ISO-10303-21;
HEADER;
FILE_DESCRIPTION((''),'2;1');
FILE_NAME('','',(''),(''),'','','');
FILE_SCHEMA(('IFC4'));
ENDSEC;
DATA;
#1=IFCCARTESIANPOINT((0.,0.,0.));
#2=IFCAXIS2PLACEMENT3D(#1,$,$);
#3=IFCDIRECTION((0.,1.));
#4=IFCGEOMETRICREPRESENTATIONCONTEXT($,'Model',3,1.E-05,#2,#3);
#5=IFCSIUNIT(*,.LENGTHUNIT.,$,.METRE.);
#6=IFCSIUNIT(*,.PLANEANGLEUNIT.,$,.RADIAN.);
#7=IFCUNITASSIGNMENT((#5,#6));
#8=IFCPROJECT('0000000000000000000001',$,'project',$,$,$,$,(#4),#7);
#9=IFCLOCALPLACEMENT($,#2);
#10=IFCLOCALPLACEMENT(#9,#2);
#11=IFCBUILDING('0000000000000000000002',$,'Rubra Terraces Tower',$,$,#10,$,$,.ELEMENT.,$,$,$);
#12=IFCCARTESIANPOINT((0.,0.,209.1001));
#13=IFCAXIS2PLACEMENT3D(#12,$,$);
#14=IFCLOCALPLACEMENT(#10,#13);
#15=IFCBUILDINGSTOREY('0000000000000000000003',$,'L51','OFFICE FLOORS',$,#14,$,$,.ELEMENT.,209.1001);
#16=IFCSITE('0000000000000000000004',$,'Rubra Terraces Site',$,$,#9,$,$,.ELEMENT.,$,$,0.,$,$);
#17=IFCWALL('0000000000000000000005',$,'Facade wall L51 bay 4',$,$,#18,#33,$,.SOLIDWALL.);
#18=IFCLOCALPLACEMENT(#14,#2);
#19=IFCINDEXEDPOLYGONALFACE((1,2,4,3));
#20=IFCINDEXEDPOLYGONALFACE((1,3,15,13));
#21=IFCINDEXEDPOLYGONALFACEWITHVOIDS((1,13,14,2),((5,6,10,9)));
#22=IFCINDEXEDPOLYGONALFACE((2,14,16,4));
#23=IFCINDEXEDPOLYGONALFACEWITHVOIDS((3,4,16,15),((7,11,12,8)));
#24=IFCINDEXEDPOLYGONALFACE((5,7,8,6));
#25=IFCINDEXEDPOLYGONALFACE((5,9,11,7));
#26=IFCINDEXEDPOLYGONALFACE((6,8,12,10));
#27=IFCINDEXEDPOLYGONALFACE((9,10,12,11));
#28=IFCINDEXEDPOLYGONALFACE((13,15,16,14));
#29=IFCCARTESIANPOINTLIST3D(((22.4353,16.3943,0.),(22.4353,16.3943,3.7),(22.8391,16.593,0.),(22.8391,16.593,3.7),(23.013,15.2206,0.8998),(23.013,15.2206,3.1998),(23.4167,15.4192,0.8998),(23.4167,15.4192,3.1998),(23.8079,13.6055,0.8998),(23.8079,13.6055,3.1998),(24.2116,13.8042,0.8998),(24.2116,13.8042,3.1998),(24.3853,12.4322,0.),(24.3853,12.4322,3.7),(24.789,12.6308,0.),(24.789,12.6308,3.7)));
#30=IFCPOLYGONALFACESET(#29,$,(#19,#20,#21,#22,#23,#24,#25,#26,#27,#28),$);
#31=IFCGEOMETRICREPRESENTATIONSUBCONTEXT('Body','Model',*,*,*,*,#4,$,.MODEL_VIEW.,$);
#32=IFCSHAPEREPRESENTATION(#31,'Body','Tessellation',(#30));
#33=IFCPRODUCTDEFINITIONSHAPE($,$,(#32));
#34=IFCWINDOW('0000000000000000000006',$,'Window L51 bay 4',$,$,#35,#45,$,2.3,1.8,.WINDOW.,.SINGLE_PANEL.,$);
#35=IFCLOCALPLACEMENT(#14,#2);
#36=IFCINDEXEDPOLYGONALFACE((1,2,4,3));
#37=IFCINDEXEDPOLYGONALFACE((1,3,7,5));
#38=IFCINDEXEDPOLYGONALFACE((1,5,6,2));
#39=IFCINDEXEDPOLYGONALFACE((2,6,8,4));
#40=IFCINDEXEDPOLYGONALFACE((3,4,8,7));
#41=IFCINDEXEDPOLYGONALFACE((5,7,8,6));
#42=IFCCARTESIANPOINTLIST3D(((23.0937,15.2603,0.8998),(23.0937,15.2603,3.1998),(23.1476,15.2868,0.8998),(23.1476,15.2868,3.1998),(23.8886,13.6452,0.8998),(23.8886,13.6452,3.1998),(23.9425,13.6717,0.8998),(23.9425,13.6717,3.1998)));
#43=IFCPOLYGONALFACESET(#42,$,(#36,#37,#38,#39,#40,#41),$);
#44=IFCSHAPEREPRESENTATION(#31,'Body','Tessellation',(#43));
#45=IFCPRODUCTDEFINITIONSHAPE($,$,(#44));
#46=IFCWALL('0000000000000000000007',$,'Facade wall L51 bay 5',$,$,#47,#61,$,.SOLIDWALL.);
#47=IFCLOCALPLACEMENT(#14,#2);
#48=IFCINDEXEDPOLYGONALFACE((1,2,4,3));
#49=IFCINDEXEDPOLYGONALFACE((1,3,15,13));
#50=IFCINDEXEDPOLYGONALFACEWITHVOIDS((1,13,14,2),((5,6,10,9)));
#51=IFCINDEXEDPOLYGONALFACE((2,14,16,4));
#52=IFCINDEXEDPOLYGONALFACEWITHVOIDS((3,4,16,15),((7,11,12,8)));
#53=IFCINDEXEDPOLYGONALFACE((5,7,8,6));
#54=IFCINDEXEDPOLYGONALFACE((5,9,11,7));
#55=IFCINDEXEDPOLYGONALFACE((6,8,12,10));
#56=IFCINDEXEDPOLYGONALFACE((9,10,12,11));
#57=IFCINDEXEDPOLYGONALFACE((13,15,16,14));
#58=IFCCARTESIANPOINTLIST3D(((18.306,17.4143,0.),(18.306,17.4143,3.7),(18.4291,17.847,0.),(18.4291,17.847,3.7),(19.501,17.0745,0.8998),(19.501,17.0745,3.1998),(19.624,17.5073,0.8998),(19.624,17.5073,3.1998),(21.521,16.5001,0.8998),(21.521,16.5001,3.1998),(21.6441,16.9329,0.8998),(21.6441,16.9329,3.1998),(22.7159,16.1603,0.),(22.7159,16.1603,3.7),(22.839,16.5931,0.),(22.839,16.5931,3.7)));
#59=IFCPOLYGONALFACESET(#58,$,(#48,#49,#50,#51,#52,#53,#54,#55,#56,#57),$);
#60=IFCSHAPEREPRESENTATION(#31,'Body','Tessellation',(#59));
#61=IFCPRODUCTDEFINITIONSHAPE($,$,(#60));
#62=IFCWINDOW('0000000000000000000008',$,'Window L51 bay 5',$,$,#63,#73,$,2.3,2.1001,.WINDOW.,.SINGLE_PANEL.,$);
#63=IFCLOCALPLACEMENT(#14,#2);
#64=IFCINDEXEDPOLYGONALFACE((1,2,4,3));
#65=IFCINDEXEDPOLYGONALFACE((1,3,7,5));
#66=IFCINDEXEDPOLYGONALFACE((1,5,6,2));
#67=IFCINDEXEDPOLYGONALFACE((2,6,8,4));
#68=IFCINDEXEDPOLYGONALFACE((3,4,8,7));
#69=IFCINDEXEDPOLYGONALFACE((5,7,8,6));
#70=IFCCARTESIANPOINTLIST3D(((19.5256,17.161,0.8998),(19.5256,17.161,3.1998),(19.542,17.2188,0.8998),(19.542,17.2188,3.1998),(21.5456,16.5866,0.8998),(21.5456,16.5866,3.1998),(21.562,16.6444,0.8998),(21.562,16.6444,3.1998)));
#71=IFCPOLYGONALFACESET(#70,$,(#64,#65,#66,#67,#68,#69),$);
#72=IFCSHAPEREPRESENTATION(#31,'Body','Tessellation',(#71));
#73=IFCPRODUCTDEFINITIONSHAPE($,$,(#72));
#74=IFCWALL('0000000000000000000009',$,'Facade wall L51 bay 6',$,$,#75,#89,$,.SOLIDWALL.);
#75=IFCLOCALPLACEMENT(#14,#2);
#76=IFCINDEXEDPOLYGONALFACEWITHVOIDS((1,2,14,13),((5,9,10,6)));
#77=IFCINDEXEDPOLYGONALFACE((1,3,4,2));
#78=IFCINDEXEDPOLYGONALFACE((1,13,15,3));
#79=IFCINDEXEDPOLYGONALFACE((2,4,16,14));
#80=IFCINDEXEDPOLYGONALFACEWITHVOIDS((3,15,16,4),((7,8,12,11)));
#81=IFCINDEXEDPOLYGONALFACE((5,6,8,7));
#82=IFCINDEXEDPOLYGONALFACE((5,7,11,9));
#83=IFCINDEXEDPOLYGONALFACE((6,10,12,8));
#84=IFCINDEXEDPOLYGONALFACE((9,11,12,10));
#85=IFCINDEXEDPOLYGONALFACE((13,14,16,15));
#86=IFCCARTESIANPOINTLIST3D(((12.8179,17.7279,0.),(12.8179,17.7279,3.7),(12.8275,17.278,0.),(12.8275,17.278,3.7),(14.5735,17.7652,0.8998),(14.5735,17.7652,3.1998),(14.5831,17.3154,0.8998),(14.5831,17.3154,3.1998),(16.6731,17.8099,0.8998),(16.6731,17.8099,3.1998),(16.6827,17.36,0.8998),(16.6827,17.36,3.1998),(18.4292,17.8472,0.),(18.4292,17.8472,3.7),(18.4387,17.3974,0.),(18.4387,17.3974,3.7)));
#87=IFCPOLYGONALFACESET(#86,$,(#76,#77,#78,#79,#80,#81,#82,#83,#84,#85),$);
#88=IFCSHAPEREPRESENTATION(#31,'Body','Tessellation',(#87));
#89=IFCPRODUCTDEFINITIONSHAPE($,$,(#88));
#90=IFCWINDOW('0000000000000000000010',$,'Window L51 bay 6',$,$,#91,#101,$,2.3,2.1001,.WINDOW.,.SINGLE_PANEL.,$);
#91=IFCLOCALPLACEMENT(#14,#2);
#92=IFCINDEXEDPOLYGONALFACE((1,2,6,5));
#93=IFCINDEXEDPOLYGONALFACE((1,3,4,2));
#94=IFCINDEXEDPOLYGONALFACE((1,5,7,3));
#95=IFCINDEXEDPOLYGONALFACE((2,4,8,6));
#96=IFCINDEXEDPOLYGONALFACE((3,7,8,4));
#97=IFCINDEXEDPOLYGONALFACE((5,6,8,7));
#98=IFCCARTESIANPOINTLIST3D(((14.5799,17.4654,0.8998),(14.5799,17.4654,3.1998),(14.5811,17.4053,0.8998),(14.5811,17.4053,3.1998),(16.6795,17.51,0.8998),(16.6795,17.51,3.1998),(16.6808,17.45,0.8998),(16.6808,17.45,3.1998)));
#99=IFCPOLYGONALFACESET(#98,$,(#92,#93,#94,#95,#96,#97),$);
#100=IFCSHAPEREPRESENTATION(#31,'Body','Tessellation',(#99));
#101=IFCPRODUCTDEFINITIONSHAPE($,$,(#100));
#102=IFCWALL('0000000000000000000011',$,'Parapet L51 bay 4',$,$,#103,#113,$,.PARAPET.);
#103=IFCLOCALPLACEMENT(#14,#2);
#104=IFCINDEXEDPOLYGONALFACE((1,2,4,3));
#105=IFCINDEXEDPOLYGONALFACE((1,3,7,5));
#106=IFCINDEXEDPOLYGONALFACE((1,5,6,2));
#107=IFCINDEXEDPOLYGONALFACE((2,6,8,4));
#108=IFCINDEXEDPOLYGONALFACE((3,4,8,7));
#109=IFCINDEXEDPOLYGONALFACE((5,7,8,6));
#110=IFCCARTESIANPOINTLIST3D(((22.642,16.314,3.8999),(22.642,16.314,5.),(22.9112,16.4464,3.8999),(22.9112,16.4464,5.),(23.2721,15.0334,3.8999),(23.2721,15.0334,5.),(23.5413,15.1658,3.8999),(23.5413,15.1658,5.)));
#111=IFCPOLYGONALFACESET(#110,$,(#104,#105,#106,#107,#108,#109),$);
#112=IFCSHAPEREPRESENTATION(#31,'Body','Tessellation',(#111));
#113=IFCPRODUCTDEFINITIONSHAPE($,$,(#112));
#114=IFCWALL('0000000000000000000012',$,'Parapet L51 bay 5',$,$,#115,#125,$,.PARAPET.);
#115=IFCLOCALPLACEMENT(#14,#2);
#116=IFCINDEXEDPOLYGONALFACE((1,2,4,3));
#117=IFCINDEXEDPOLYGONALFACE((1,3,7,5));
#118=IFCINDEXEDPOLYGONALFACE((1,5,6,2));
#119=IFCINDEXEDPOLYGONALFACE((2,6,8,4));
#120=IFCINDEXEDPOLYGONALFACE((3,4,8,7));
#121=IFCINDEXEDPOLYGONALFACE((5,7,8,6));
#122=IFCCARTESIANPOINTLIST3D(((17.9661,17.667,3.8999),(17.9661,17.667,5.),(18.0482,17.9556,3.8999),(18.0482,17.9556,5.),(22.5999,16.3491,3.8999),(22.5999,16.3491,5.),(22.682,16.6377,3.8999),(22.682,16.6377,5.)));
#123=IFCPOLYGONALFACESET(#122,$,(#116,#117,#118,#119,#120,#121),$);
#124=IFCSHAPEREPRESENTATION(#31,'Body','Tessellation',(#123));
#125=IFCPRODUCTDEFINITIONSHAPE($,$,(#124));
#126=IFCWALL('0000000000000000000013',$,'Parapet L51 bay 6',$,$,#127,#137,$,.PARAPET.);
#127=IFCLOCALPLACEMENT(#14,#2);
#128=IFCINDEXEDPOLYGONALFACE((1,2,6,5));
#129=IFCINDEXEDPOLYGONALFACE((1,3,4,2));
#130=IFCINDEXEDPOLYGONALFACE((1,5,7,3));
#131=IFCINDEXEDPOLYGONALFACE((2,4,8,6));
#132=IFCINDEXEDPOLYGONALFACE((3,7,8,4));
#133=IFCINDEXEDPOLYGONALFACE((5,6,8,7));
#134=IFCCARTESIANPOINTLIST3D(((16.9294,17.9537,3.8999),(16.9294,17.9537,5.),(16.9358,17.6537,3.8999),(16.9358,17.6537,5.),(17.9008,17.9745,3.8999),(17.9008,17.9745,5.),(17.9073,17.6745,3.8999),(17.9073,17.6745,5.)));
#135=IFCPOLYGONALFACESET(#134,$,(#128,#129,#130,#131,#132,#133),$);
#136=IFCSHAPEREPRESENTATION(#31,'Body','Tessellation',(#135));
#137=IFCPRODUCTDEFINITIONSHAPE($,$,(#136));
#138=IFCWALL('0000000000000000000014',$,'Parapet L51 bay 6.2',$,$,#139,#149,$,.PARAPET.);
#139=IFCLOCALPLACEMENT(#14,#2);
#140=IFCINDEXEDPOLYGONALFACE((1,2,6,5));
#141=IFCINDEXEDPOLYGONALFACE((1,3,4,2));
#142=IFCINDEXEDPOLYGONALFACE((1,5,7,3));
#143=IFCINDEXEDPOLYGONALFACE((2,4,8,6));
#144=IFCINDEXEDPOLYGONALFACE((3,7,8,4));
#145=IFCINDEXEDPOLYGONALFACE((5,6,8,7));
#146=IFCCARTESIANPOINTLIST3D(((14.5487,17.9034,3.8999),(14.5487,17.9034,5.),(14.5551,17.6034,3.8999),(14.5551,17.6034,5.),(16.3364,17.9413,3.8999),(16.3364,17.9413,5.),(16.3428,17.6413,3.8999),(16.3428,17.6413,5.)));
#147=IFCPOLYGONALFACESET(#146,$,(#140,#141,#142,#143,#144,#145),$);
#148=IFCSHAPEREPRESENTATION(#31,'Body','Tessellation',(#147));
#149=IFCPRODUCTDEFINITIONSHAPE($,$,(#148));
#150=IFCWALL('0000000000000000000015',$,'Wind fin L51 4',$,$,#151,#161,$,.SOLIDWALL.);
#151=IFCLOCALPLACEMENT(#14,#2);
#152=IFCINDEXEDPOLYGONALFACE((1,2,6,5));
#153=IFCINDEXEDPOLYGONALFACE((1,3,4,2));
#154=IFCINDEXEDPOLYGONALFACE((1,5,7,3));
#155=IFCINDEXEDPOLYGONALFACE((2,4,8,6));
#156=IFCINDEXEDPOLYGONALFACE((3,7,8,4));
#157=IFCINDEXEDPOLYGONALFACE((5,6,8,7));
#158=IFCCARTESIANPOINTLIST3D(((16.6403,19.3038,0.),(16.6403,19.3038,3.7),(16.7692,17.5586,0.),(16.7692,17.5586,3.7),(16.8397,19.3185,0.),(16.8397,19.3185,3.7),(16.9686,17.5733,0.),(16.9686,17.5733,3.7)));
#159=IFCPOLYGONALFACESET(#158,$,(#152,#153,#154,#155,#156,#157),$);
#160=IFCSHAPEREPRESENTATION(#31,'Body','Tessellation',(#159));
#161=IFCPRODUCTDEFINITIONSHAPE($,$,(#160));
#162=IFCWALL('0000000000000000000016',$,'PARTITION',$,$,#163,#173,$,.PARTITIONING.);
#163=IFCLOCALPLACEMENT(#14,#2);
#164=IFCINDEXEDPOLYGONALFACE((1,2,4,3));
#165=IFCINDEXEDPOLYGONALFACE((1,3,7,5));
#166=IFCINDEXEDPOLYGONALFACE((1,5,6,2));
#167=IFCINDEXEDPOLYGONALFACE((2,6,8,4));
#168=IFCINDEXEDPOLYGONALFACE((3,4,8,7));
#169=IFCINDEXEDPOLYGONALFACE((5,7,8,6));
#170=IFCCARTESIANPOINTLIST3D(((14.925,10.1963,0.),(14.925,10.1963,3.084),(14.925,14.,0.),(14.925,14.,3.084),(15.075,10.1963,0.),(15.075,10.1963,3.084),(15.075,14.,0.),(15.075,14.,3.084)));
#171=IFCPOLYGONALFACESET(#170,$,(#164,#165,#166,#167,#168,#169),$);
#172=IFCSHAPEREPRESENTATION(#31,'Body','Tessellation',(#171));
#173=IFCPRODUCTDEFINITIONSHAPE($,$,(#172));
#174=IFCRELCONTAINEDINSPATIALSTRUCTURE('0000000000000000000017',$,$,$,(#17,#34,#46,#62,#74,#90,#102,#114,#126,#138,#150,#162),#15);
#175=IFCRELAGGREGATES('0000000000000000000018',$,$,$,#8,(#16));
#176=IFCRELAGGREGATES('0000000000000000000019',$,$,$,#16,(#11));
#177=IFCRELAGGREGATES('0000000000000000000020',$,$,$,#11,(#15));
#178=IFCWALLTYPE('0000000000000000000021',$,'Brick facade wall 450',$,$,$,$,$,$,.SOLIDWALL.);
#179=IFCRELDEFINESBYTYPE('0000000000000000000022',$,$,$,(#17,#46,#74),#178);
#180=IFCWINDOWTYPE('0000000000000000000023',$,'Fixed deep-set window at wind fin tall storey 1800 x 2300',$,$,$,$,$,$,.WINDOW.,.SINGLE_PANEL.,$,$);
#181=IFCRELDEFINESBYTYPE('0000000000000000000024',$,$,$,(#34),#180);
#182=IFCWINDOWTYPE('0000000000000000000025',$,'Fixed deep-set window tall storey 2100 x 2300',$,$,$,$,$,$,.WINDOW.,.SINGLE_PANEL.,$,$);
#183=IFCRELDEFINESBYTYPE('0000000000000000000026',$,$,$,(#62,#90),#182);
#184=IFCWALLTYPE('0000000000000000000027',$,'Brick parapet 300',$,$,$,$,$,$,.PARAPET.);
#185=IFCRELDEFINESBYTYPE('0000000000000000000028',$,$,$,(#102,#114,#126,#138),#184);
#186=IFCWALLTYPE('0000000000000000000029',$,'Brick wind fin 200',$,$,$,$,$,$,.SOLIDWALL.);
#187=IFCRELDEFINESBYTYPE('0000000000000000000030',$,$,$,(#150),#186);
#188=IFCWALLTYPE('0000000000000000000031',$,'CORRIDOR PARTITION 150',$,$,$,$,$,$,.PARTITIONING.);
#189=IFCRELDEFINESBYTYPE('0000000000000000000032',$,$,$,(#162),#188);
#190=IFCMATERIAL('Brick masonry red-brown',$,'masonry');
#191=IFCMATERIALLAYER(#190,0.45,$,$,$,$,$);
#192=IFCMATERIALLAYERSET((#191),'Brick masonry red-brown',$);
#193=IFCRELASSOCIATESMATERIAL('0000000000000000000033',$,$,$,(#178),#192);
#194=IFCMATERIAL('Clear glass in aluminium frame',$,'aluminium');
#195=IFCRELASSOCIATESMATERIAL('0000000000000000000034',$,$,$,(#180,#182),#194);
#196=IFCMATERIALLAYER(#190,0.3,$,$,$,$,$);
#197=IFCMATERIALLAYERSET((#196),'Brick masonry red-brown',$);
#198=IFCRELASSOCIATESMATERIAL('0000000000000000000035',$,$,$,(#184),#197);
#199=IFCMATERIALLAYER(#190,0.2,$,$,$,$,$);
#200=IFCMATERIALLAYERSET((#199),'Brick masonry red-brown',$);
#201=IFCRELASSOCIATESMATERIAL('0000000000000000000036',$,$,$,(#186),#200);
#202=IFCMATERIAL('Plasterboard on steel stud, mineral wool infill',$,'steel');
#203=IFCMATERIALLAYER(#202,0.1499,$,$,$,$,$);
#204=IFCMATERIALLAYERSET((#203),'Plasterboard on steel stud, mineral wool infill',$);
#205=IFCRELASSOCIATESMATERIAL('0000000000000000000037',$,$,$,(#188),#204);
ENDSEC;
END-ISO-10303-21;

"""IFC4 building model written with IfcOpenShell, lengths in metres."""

from ifc_helpers import new_model, si_unit, direction, frame, frame_2d, origin, place, context, subcontext, project, spatial, rectangle, extrude, material, layer, layer_set, type_object, element, fill, save


model = new_model("IFC4")

# Units and contexts
model_context = context("Model", 3, precision=1e-05, world=origin(), true_north=direction((0.0, 1.0)))
body_context = subcontext(model_context, "Body", "Model", "MODEL_VIEW")
ifc_project = project(units=[si_unit("LENGTHUNIT", "METRE"), si_unit("PLANEANGLEUNIT", "RADIAN")], contexts=[model_context])

# Site, building, storey
site_placement = place(None, origin())
site = spatial("IfcSite", under=ifc_project, at=site_placement, Name="Rubra Terraces Site", CompositionType="ELEMENT", RefElevation=0.0)
building_placement = place(site_placement, origin())
building = spatial("IfcBuilding", under=site, at=building_placement, Name="Rubra Terraces Tower", CompositionType="ELEMENT")
storey_placement = place(building_placement, frame((0.0, 0.0, 209.1001)))
storey = spatial("IfcBuildingStorey", under=building, at=storey_placement, Name="L51", Description="OFFICE FLOORS", CompositionType="ELEMENT", Elevation=209.1001)

# Walls, openings, windows
ifc_material_1 = material(Name="Brick masonry red-brown", Category="masonry")
ifc_layer_1 = layer(ifc_material_1, 0.45)
ifc_layer_set_1 = layer_set([ifc_layer_1], Name="Brick masonry red-brown")
wall_type_1 = type_object("IfcWallType", Name="Brick facade wall 450", PredefinedType="SOLIDWALL", material=ifc_layer_set_1)
wall_1_placement = place(storey_placement, frame((24.5872, 12.5315, 0.0), z_axis=(0.0, 0.0, 1.0), x_axis=(-0.441566, 0.897229, 0.0)))
wall_1 = element("IfcWall", 1, at=wall_1_placement, inside=storey, type_object=wall_type_1, Name="Facade wall L51 bay 4", PredefinedType="SOLIDWALL", context=body_context, shape_type="SweptSolid", body=[
    extrude(rectangle(XDim=4.416, YDim=0.45, at=frame_2d((2.208, 0.0))), origin(), (0.0, 0.0, 1.0), 3.7),
])
opening_1_placement = place(wall_1_placement, frame((1.3079, 0.0, 0.8999)))
opening_1 = element("IfcOpeningElement", 2, at=opening_1_placement, cuts=wall_1, PredefinedType="OPENING", context=body_context, shape_type="SweptSolid", body=[
    extrude(rectangle(XDim=1.8, YDim=2.3, at=frame_2d((0.8999, 1.1499))), frame((0.0, 0.2349, 0.0), z_axis=(0.0, -1.0, 0.0), x_axis=(1.0, 0.0, 0.0)), (0.0, 0.0, 1.0), 0.47),
])
ifc_material_2 = material(Name="Clear glass in aluminium frame", Category="aluminium")
window_type_1 = type_object("IfcWindowType", Name="Fixed deep-set window at wind fin tall storey 1800 x 2300", PartitioningType="SINGLE_PANEL", PredefinedType="WINDOW", material=ifc_material_2)
window_1_placement = place(opening_1_placement, origin())
window_1 = element("IfcWindow", 3, at=window_1_placement, inside=storey, type_object=window_type_1, Name="Window L51 bay 4", OverallHeight=2.3, OverallWidth=1.8, PartitioningType="SINGLE_PANEL", PredefinedType="WINDOW", context=body_context, shape_type="SweptSolid", body=[
    extrude(rectangle(XDim=1.8, YDim=2.3, at=frame_2d((0.8999, 1.1499))), frame((0.0, 0.135, 0.0), z_axis=(0.0, -1.0, 0.0), x_axis=(1.0, 0.0, 0.0)), (0.0, 0.0, 1.0), 0.0601),
])
fill(opening_1, window_1)
wall_2_placement = place(storey_placement, frame((22.7776, 16.3767, 0.0), z_axis=(0.0, 0.0, 1.0), x_axis=(-0.961873, 0.273497, 0.0)))
wall_2 = element("IfcWall", 4, at=wall_2_placement, inside=storey, type_object=wall_type_1, Name="Facade wall L51 bay 5", PredefinedType="SOLIDWALL", context=body_context, shape_type="SweptSolid", body=[
    extrude(rectangle(XDim=4.5847, YDim=0.45, at=frame_2d((2.2925, 0.0))), origin(), (0.0, 0.0, 1.0), 3.7),
])
opening_2_placement = place(wall_2_placement, frame((1.2424, 0.0, 0.8999)))
opening_2 = element("IfcOpeningElement", 5, at=opening_2_placement, cuts=wall_2, PredefinedType="OPENING", context=body_context, shape_type="SweptSolid", body=[
    extrude(rectangle(XDim=2.1001, YDim=2.3, at=frame_2d((1.05, 1.1499))), frame((0.0, 0.2349, 0.0), z_axis=(0.0, -1.0, 0.0), x_axis=(1.0, 0.0, 0.0)), (0.0, 0.0, 1.0), 0.47),
])
window_type_2 = type_object("IfcWindowType", Name="Fixed deep-set window tall storey 2100 x 2300", PartitioningType="SINGLE_PANEL", PredefinedType="WINDOW", material=ifc_material_2)
window_2_placement = place(opening_2_placement, origin())
window_2 = element("IfcWindow", 6, at=window_2_placement, inside=storey, type_object=window_type_2, Name="Window L51 bay 5", OverallHeight=2.3, OverallWidth=2.1001, PartitioningType="SINGLE_PANEL", PredefinedType="WINDOW", context=body_context, shape_type="SweptSolid", body=[
    extrude(rectangle(XDim=2.1001, YDim=2.3, at=frame_2d((1.05, 1.1499))), frame((0.0, 0.135, 0.0), z_axis=(0.0, -1.0, 0.0), x_axis=(1.0, 0.0, 0.0)), (0.0, 0.0, 1.0), 0.0601),
])
fill(opening_2, window_2)
wall_3_placement = place(storey_placement, frame((18.4338, 17.6223, 0.0), z_axis=(0.0, 0.0, 1.0), x_axis=(-0.999774, -0.021271, 0.0)))
wall_3 = element("IfcWall", 7, at=wall_3_placement, inside=storey, type_object=wall_type_1, Name="Facade wall L51 bay 6", PredefinedType="SOLIDWALL", context=body_context, shape_type="SweptSolid", body=[
    extrude(rectangle(XDim=5.6125, YDim=0.45, at=frame_2d((2.8062, 0.0))), origin(), (0.0, 0.0, 1.0), 3.7),
])
opening_3_placement = place(wall_3_placement, frame((1.7563, 0.0, 0.8999)))
opening_3 = element("IfcOpeningElement", 8, at=opening_3_placement, cuts=wall_3, PredefinedType="OPENING", context=body_context, shape_type="SweptSolid", body=[
    extrude(rectangle(XDim=2.1001, YDim=2.3, at=frame_2d((1.05, 1.1499))), frame((0.0, 0.2349, 0.0), z_axis=(0.0, -1.0, 0.0), x_axis=(1.0, 0.0, 0.0)), (0.0, 0.0, 1.0), 0.47),
])
window_3_placement = place(opening_3_placement, origin())
window_3 = element("IfcWindow", 9, at=window_3_placement, inside=storey, type_object=window_type_2, Name="Window L51 bay 6", OverallHeight=2.3, OverallWidth=2.1001, PartitioningType="SINGLE_PANEL", PredefinedType="WINDOW", context=body_context, shape_type="SweptSolid", body=[
    extrude(rectangle(XDim=2.1001, YDim=2.3, at=frame_2d((1.05, 1.1499))), frame((0.0, 0.135, 0.0), z_axis=(0.0, -1.0, 0.0), x_axis=(1.0, 0.0, 0.0)), (0.0, 0.0, 1.0), 0.0601),
])
fill(opening_3, window_3)

# Walls
ifc_layer_2 = layer(ifc_material_1, 0.3)
ifc_layer_set_2 = layer_set([ifc_layer_2], Name="Brick masonry red-brown")
wall_type_2 = type_object("IfcWallType", Name="Brick parapet 300", PredefinedType="PARAPET", material=ifc_layer_set_2)
wall_4_placement = place(storey_placement, frame((23.4067, 15.0996, 3.8999), z_axis=(0.0, 0.0, 1.0), x_axis=(-0.441525, 0.897249, 0.0)))
element("IfcWall", 10, at=wall_4_placement, inside=storey, type_object=wall_type_2, Name="Parapet L51 bay 4", PredefinedType="PARAPET", context=body_context, shape_type="SweptSolid", body=[
    extrude(rectangle(XDim=1.4272, YDim=0.3, at=frame_2d((0.7136, 0.0))), origin(), (0.0, 0.0, 1.0), 1.1001),
])
wall_5_placement = place(storey_placement, frame((22.6409, 16.4934, 3.8999), z_axis=(0.0, 0.0, 1.0), x_axis=(-0.961856, 0.273556, 0.0)))
element("IfcWall", 11, at=wall_5_placement, inside=storey, type_object=wall_type_2, Name="Parapet L51 bay 5", PredefinedType="PARAPET", context=body_context, shape_type="SweptSolid", body=[
    extrude(rectangle(XDim=4.8176, YDim=0.3, at=frame_2d((2.4087, 0.0))), origin(), (0.0, 0.0, 1.0), 1.1001),
])
wall_6_placement = place(storey_placement, frame((17.9041, 17.8245, 3.8999), z_axis=(0.0, 0.0, 1.0), x_axis=(-0.999772, -0.021357, 0.0)))
element("IfcWall", 12, at=wall_6_placement, inside=storey, type_object=wall_type_2, Name="Parapet L51 bay 6", PredefinedType="PARAPET", context=body_context, shape_type="SweptSolid", body=[
    extrude(rectangle(XDim=0.9717, YDim=0.3, at=frame_2d((0.4858, 0.0))), origin(), (0.0, 0.0, 1.0), 1.1001),
])
wall_7_placement = place(storey_placement, frame((16.3396, 17.7913, 3.8999), z_axis=(0.0, 0.0, 1.0), x_axis=(-0.999776, -0.021164, 0.0)))
element("IfcWall", 13, at=wall_7_placement, inside=storey, type_object=wall_type_2, Name="Parapet L51 bay 6.2", PredefinedType="PARAPET", context=body_context, shape_type="SweptSolid", body=[
    extrude(rectangle(XDim=1.7881, YDim=0.3, at=frame_2d((0.894, 0.0))), origin(), (0.0, 0.0, 1.0), 1.1001),
])
ifc_layer_3 = layer(ifc_material_1, 0.2)
ifc_layer_set_3 = layer_set([ifc_layer_3], Name="Brick masonry red-brown")
wall_type_3 = type_object("IfcWallType", Name="Brick wind fin 200", PredefinedType="SOLIDWALL", material=ifc_layer_set_3)
wall_8_placement = place(storey_placement, frame((16.8689, 17.5659, 0.0), z_axis=(0.0, 0.0, 1.0), x_axis=(-0.073656, 0.997284, 0.0)))
element("IfcWall", 14, at=wall_8_placement, inside=storey, type_object=wall_type_3, Name="Wind fin L51 4", PredefinedType="SOLIDWALL", context=body_context, shape_type="SweptSolid", body=[
    extrude(rectangle(XDim=1.75, YDim=0.2, at=frame_2d((0.875, 0.0))), origin(), (0.0, 0.0, 1.0), 3.7),
])
ifc_material_3 = material(Name="Plasterboard on steel stud, mineral wool infill", Category="steel")
ifc_layer_4 = layer(ifc_material_3, 0.1499)
ifc_layer_set_4 = layer_set([ifc_layer_4], Name="Plasterboard on steel stud, mineral wool infill")
wall_type_4 = type_object("IfcWallType", Name="CORRIDOR PARTITION 150", PredefinedType="PARTITIONING", material=ifc_layer_set_4)
wall_9_placement = place(storey_placement, frame((15.0, 10.1963, 0.0), z_axis=(0.0, 0.0, 1.0), x_axis=(0.0, 1.0, 0.0)))
element("IfcWall", 15, at=wall_9_placement, inside=storey, type_object=wall_type_4, Name="PARTITION", PredefinedType="PARTITIONING", context=body_context, shape_type="SweptSolid", body=[
    extrude(rectangle(XDim=3.8037, YDim=0.1499, at=frame_2d((1.9019, 0.0))), origin(), (0.0, 0.0, 1.0), 3.084),
])

save(model, "model.ifc")
